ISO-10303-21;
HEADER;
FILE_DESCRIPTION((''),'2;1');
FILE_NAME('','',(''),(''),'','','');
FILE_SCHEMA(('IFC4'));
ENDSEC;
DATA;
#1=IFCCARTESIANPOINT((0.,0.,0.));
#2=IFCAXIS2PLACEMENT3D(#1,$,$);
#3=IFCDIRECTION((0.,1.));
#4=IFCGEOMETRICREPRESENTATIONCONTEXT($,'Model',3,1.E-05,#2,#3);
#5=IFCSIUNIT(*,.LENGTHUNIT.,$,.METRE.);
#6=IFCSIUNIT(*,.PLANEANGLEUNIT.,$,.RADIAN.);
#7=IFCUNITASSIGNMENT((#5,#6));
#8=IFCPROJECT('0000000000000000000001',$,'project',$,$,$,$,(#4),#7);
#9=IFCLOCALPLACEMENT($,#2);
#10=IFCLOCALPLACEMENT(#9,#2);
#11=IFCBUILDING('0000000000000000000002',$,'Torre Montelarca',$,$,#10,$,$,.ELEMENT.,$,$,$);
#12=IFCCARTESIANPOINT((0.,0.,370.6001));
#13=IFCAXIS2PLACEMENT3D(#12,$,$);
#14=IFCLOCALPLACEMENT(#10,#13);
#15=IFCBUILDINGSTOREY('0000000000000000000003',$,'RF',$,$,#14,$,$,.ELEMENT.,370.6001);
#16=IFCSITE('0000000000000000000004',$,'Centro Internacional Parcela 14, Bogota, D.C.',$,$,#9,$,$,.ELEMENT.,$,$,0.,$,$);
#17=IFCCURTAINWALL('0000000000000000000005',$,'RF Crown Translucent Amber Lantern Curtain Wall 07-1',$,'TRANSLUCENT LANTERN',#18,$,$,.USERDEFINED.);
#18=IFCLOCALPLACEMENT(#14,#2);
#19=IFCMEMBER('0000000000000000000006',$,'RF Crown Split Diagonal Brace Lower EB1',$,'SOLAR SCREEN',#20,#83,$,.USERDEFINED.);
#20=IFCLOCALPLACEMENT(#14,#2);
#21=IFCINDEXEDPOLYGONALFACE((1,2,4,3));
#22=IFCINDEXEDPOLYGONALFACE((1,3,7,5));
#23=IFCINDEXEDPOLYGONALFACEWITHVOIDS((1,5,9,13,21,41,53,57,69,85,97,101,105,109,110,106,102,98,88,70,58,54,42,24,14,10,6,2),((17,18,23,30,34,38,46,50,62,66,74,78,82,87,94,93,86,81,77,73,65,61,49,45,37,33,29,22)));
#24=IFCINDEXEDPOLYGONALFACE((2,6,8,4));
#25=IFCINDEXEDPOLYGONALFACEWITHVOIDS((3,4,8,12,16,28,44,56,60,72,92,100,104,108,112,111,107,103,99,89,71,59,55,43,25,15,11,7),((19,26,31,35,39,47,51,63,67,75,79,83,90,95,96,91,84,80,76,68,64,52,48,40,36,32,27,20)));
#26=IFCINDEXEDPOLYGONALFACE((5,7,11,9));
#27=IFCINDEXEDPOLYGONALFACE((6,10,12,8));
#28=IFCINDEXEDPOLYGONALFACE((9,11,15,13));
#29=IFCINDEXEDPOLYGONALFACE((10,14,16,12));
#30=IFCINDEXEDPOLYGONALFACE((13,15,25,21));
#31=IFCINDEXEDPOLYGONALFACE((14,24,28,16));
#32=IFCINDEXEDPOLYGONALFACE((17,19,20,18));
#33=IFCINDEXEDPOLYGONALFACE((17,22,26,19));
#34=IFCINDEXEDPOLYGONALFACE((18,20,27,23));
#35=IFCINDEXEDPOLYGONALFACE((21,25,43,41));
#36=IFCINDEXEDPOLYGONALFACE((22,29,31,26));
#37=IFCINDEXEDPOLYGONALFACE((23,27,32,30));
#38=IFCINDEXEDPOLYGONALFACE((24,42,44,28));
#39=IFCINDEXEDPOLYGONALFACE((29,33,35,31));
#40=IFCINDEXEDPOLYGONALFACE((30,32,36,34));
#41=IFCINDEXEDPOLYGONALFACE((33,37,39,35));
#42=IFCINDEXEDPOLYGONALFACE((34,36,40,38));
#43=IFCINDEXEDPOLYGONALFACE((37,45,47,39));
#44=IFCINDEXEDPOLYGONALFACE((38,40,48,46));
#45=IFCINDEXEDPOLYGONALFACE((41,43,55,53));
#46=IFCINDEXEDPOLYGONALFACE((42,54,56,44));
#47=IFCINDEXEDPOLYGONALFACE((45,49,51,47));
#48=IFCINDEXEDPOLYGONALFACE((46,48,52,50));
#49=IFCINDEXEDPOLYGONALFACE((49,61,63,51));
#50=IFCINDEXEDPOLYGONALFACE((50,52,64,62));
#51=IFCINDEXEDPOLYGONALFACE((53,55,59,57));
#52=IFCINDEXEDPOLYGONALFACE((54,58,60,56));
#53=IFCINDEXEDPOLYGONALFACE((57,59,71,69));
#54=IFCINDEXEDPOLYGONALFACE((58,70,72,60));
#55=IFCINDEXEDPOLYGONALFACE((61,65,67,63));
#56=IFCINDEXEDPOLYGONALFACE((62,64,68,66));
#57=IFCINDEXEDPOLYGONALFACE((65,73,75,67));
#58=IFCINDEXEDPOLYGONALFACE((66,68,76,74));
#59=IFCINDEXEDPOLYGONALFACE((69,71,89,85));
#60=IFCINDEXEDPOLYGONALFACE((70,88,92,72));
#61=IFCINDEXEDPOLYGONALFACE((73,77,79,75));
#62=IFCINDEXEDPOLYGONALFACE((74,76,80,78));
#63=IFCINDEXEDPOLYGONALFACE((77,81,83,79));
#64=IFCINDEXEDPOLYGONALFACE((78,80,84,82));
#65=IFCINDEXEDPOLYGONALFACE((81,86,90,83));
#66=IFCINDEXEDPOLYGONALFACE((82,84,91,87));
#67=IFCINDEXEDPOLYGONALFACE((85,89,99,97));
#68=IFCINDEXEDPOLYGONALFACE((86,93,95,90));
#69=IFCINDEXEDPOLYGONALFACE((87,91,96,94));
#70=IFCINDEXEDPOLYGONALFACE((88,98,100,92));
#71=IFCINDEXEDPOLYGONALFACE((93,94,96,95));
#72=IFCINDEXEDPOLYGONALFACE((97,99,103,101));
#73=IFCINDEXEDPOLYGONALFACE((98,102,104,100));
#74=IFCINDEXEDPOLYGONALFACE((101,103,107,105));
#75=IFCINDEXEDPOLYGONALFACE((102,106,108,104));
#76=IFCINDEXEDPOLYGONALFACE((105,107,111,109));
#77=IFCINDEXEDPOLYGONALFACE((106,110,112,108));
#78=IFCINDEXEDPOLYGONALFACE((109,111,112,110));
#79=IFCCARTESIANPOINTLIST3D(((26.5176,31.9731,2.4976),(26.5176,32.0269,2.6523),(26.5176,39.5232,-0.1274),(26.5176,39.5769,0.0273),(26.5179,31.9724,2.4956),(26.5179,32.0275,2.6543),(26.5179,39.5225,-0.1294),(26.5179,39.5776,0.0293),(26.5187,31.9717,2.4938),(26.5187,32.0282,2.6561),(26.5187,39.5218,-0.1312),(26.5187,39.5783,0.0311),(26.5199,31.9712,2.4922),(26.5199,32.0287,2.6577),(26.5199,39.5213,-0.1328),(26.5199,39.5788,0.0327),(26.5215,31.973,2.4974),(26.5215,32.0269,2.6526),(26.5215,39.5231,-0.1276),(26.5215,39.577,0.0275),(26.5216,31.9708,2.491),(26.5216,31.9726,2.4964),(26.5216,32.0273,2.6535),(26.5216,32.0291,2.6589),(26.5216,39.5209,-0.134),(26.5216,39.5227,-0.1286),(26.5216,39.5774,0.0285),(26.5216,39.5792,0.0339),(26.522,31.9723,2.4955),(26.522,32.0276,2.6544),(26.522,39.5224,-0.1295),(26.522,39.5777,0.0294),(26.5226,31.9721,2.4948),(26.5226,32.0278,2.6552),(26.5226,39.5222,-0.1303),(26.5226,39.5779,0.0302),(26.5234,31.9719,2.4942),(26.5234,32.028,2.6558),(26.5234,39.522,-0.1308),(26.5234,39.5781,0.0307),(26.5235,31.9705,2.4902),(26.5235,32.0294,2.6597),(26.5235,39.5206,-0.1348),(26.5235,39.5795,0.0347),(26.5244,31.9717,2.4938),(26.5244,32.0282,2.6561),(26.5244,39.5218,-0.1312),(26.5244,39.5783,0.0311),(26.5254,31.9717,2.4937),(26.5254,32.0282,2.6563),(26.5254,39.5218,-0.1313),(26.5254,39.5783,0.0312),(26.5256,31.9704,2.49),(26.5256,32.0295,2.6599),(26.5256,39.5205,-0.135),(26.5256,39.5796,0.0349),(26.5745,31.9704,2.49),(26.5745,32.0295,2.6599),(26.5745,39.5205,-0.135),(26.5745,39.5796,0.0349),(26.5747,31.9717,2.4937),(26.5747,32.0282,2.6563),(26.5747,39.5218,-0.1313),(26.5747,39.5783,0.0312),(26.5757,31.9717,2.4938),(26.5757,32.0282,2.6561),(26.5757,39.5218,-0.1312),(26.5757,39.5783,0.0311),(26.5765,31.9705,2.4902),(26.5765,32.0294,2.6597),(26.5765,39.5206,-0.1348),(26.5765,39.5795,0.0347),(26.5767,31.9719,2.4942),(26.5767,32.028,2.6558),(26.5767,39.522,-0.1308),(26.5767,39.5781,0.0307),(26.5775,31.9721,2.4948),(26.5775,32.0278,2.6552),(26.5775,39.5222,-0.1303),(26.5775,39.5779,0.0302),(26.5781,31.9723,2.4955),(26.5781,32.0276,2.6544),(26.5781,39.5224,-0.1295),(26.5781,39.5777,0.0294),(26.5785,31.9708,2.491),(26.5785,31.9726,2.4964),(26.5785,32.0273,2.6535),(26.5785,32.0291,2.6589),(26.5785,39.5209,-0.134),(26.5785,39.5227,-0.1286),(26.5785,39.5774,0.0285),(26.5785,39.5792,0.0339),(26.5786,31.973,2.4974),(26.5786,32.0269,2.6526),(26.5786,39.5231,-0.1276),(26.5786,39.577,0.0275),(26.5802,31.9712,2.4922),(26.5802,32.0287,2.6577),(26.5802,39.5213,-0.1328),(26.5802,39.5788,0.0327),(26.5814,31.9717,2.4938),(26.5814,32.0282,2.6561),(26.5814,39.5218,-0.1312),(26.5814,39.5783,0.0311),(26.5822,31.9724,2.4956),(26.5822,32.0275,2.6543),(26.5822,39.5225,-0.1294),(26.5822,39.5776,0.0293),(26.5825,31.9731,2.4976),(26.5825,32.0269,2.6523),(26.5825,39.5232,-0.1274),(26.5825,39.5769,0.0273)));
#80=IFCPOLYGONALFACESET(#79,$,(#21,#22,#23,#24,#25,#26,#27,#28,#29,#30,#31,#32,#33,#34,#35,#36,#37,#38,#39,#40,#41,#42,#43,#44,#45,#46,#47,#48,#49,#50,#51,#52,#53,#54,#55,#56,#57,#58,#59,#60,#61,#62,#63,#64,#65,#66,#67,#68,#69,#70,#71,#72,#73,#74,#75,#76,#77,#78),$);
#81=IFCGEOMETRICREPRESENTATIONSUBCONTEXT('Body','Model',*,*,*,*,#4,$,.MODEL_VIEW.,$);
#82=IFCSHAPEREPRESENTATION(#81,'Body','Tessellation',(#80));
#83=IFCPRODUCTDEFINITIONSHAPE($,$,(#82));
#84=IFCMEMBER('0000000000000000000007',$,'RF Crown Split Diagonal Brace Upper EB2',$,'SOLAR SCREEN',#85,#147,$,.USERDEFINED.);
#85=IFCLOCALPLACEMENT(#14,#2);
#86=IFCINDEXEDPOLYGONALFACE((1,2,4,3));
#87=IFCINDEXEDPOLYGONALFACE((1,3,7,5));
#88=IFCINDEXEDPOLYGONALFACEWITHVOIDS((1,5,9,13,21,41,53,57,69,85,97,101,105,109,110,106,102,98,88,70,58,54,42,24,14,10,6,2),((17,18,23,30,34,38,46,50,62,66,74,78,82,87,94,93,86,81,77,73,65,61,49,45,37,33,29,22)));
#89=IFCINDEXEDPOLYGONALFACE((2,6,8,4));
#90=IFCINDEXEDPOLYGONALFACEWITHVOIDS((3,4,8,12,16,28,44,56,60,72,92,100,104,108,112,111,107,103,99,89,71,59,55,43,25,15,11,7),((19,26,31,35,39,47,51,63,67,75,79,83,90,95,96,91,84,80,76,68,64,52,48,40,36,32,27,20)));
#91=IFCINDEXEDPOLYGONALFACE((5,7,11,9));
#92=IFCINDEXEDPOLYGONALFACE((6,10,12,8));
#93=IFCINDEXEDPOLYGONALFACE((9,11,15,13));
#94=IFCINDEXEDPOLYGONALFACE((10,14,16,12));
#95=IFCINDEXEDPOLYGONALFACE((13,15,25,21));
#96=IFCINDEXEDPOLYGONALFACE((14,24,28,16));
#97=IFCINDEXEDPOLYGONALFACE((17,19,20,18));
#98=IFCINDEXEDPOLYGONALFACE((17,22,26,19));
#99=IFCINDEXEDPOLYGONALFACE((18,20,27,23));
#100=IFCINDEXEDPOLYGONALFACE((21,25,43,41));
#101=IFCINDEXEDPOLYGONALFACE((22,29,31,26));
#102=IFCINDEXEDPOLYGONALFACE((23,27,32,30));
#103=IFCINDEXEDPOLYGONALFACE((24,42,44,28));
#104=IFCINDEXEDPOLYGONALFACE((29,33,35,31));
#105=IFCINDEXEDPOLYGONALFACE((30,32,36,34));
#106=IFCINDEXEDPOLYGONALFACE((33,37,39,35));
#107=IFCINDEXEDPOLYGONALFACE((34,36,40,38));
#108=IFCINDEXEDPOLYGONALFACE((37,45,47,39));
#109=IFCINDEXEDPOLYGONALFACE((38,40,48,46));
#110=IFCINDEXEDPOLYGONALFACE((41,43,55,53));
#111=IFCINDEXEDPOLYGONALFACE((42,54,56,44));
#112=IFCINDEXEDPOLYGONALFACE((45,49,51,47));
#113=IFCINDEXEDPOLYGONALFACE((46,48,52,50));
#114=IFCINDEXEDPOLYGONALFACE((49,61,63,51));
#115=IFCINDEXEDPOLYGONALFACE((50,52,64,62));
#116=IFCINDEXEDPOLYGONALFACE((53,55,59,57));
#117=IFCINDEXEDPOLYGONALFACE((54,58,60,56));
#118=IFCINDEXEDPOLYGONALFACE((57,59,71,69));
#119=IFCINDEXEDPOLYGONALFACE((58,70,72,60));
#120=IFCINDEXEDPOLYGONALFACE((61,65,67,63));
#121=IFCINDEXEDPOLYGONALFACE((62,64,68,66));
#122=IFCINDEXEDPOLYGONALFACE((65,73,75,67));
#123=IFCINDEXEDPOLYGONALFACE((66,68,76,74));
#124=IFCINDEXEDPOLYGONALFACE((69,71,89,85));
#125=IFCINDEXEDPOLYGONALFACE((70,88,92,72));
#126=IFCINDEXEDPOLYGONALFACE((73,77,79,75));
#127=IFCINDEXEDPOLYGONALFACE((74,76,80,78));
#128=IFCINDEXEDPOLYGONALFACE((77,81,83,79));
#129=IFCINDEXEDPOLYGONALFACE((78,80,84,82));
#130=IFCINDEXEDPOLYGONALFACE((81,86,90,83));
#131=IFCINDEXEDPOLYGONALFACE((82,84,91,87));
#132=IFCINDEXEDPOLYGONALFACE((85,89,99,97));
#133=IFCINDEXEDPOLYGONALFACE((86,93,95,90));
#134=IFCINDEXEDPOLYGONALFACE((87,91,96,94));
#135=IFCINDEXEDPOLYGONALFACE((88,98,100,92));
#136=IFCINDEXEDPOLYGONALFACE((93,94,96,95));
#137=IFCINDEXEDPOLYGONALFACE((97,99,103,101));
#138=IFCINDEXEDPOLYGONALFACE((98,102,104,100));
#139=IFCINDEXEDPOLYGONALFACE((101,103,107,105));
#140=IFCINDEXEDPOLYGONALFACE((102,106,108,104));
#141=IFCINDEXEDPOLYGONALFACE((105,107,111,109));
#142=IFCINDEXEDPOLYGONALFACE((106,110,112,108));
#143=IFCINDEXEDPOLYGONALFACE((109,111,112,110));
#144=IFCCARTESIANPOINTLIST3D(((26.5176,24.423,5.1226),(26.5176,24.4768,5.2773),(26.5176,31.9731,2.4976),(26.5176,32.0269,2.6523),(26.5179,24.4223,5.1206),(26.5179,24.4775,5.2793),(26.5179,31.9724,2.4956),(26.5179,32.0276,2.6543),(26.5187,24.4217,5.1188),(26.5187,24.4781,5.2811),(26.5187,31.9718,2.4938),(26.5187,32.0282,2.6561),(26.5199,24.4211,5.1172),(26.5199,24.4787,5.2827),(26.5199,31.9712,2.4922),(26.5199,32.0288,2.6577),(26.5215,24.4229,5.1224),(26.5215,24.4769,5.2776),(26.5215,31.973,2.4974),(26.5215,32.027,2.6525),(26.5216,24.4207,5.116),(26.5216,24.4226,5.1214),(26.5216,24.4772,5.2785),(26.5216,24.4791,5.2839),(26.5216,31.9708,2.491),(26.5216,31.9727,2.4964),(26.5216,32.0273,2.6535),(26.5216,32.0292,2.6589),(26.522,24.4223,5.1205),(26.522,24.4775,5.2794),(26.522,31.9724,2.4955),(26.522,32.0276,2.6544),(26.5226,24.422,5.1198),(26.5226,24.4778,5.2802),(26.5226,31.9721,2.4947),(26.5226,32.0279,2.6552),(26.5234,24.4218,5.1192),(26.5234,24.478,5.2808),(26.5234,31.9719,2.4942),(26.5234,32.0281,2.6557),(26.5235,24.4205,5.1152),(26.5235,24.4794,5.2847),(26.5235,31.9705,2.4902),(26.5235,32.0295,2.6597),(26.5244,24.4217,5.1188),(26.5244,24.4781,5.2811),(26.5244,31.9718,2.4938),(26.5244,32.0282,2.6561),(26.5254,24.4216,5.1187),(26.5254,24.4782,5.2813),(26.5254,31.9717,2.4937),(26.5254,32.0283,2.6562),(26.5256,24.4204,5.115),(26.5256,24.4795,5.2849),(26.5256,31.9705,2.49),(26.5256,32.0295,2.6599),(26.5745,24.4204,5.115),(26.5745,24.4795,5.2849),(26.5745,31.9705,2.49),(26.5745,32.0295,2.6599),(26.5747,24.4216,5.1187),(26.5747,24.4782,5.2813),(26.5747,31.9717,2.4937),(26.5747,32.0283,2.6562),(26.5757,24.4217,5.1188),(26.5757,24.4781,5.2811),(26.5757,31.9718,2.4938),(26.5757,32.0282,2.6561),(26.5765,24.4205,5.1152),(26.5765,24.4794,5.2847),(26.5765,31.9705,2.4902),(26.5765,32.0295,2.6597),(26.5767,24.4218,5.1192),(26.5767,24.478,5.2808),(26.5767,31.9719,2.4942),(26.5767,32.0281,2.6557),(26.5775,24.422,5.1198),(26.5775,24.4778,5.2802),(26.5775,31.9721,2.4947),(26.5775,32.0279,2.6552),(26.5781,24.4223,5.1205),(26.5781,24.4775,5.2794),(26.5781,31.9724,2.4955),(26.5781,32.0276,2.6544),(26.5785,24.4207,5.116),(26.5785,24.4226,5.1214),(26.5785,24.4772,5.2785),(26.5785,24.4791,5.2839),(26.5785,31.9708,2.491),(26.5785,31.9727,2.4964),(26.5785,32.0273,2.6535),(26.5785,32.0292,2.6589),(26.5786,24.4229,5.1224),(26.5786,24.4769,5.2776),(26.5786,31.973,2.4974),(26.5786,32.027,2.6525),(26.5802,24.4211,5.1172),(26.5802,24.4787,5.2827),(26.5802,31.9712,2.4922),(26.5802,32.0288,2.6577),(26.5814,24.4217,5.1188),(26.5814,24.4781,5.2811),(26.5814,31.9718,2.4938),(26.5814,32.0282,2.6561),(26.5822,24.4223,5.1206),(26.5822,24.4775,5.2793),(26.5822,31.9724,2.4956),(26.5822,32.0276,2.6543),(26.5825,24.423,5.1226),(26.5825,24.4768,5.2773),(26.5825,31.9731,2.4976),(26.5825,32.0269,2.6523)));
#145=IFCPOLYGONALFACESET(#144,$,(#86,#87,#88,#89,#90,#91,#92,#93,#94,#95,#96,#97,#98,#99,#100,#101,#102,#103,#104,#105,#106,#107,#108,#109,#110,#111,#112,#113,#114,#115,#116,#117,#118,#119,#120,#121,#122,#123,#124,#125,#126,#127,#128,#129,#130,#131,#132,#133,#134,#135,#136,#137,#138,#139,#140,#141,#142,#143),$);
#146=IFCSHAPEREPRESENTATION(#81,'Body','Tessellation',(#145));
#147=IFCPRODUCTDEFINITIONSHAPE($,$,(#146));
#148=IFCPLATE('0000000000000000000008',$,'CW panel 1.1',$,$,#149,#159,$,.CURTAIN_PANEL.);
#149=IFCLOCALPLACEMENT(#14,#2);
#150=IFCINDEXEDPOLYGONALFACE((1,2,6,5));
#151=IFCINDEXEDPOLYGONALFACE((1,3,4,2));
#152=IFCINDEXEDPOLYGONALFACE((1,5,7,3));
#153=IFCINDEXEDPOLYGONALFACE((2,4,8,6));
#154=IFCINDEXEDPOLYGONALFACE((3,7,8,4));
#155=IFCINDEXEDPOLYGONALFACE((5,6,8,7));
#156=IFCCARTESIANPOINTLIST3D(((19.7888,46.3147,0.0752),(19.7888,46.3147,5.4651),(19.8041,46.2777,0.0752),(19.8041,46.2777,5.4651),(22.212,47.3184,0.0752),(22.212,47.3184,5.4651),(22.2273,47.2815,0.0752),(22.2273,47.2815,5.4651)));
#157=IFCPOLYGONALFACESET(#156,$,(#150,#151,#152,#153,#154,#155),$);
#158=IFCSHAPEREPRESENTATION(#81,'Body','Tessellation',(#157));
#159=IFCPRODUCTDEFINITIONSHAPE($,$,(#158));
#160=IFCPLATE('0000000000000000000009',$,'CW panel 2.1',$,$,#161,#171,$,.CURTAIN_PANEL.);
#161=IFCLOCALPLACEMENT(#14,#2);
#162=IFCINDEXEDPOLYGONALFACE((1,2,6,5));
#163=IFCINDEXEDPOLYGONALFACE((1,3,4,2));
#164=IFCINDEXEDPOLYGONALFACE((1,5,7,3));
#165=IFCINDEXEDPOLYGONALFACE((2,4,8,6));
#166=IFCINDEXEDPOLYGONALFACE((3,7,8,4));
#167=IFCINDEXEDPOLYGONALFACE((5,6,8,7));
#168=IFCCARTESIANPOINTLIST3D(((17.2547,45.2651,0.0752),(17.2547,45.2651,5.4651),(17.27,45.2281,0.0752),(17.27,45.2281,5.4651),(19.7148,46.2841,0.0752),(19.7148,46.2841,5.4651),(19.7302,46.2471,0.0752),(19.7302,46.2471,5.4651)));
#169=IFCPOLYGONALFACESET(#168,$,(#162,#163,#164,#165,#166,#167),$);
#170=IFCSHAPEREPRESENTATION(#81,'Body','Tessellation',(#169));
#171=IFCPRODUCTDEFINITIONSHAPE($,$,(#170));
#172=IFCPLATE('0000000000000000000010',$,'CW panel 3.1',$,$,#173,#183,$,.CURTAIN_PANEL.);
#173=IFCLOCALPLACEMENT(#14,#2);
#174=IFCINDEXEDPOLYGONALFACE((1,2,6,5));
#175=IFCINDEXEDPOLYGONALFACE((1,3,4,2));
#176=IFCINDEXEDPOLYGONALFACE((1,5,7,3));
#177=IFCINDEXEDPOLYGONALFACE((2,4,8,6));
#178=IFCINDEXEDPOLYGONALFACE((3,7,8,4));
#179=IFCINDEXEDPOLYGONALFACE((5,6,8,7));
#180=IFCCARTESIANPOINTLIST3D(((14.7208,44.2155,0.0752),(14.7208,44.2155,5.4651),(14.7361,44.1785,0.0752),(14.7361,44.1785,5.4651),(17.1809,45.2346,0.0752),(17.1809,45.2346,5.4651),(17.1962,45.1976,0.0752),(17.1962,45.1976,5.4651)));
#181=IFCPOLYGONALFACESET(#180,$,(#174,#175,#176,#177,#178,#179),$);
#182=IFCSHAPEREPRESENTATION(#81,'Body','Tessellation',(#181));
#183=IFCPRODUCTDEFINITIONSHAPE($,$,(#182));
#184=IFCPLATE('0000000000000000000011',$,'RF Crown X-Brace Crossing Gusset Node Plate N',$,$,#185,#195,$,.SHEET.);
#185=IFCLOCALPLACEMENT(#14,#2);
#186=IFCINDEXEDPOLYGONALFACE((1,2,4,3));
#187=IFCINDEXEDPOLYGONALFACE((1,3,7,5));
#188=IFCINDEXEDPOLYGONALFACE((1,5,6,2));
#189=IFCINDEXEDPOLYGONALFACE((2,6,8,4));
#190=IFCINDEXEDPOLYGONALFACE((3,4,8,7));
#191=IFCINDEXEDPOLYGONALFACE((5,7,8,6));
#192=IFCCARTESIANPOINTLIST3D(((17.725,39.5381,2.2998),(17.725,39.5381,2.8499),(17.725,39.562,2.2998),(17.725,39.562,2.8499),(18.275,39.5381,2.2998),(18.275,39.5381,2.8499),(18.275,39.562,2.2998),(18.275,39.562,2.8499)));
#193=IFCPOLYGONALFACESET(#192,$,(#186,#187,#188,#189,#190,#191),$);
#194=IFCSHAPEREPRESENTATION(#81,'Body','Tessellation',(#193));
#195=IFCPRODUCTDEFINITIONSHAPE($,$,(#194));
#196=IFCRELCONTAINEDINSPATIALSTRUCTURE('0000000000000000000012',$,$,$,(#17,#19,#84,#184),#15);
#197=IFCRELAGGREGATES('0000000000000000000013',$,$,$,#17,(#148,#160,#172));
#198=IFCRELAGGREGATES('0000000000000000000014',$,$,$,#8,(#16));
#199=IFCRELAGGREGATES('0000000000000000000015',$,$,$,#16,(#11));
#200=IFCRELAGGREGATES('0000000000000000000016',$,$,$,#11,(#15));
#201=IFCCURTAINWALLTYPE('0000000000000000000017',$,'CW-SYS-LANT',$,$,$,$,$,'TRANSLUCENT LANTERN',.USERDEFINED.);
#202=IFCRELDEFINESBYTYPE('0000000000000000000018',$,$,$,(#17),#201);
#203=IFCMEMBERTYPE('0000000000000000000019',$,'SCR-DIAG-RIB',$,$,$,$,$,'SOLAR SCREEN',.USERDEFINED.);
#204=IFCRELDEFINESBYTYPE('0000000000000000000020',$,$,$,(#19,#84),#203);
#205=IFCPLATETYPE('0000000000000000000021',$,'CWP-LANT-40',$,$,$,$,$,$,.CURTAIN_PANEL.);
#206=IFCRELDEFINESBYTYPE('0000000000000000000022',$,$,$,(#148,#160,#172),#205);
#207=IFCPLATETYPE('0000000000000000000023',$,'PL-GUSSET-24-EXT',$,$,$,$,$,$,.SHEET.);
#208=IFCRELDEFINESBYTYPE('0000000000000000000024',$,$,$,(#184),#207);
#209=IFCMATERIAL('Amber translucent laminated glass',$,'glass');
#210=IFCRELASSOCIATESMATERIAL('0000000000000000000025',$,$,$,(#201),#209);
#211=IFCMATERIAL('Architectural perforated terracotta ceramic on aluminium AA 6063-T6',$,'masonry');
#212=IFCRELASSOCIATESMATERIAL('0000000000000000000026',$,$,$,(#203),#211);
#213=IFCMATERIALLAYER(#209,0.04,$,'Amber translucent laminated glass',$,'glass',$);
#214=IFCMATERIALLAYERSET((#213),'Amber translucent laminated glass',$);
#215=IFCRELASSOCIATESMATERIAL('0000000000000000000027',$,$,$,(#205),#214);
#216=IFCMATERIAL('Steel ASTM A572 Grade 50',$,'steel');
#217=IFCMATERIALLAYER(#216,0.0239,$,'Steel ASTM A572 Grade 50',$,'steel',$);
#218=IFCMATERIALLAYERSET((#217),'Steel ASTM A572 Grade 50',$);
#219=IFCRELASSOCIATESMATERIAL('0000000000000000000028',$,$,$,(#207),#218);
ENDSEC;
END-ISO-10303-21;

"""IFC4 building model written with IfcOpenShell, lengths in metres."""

from ifc_helpers import new_model, si_unit, direction, frame, origin, origin_2d, place, context, subcontext, project, spatial, rectangle, hollow_rectangle, extrude, source, transform, mapped, material, layer, layer_set, material_profile, profile_set, type_object, element, aggregate, save


model = new_model("IFC4")

# Units and contexts
model_context = context("Model", 3, precision=1e-05, world=origin(), true_north=direction((0.0, 1.0)))
body_context = subcontext(model_context, "Body", "Model", "MODEL_VIEW")
ifc_project = project(units=[si_unit("LENGTHUNIT", "METRE"), si_unit("PLANEANGLEUNIT", "RADIAN")], contexts=[model_context])

# Site, building, storey
site_placement = place(None, origin())
site = spatial("IfcSite", under=ifc_project, at=site_placement, Name="Centro Internacional Parcela 14, Bogota, D.C.", CompositionType="ELEMENT", RefElevation=0.0)
building_placement = place(site_placement, origin())
building = spatial("IfcBuilding", under=site, at=building_placement, Name="Torre Montelarca", CompositionType="ELEMENT")
storey_placement = place(building_placement, frame((0.0, 0.0, 370.6001)))
storey = spatial("IfcBuildingStorey", under=building, at=storey_placement, Name="RF", CompositionType="ELEMENT", Elevation=370.6001)

# Curtain wall
ifc_material_1 = material(Name="Amber translucent laminated glass", Category="glass")
curtain_wall_type = type_object("IfcCurtainWallType", Name="CW-SYS-LANT", ElementType="TRANSLUCENT LANTERN", PredefinedType="USERDEFINED", material=ifc_material_1)
curtain_wall_placement = place(storey_placement, origin())
curtain_wall = element("IfcCurtainWall", 1, at=curtain_wall_placement, inside=storey, type_object=curtain_wall_type, Name="RF Crown Translucent Amber Lantern Curtain Wall 07-1", ObjectType="TRANSLUCENT LANTERN", PredefinedType="USERDEFINED")

# Members
ifc_material_2 = material(Name="Architectural perforated terracotta ceramic on aluminium AA 6063-T6", Category="masonry")
ifc_material_profile_1 = material_profile(ifc_material_2, hollow_rectangle(XDim=0.0649, YDim=0.1799, WallThickness=0.0039, InnerFilletRadius=0.0039, OuterFilletRadius=0.0081, at=origin_2d()), Name="ALU65X180X4", Category="masonry")
ifc_profile_set_1 = profile_set([ifc_material_profile_1], Name="Architectural perforated terracotta ceramic on aluminium AA 6063-T6")
member_type_1 = type_object("IfcMemberType", Name="SCR-DIAG-RIB", ElementType="SOLAR SCREEN", PredefinedType="USERDEFINED", material=ifc_profile_set_1)
shared_shape_1 = source(origin(), body_context, "Body", "SweptSolid", [
    extrude(hollow_rectangle(XDim=0.0649, YDim=0.1799, WallThickness=0.0039, InnerFilletRadius=0.0039, OuterFilletRadius=0.0081, at=origin_2d()), origin(), (0.0, 0.0, 1.0), 7.9934),
])
for number, where, z_axis, x_axis, name in (
    (2, (26.55, 39.55, -0.05), (0.0, -0.94454, 0.328397), (1.0, 0.0, 0.0), "RF Crown Split Diagonal Brace Lower EB1"),
    (3, (26.55, 32.0, 2.575), (0.0, -0.94454, 0.328397), (1.0, 0.0, 0.0), "RF Crown Split Diagonal Brace Upper EB2"),
):
    element("IfcMember", number, at=place(storey_placement, frame(where, z_axis=z_axis, x_axis=x_axis)), inside=storey, type_object=member_type_1, Name=name, ObjectType="SOLAR SCREEN", PredefinedType="USERDEFINED", context=body_context, shape_type="MappedRepresentation", body=[
        mapped(shared_shape_1, transform((0.0, 0.0, 0.0), scale=1.0)),
    ])

# Plates
ifc_layer_1 = layer(ifc_material_1, 0.04, Name="Amber translucent laminated glass", Category="glass")
ifc_layer_set_1 = layer_set([ifc_layer_1], Name="Amber translucent laminated glass")
plate_type_1 = type_object("IfcPlateType", Name="CWP-LANT-40", PredefinedType="CURTAIN_PANEL", material=ifc_layer_set_1)
shared_shape_2 = source(origin(), body_context, "Body", "SweptSolid", [
    extrude(rectangle(XDim=2.6228, YDim=0.04, at=origin_2d()), origin(), (0.0, 0.0, 1.0), 5.3899),
])
plate_1_placement = place(storey_placement, frame((21.0081, 46.7981, 0.0752), z_axis=(0.0, 0.0, 1.0), x_axis=(-0.923877, -0.382689, 0.0)))
plate_1 = element("IfcPlate", 4, at=plate_1_placement, type_object=plate_type_1, Name="CW panel 1.1", PredefinedType="CURTAIN_PANEL", context=body_context, shape_type="MappedRepresentation", body=[
    mapped(shared_shape_2, transform((0.0, 0.0, 0.0), scale=1.0)),
])
shared_shape_3 = source(origin(), body_context, "Body", "SweptSolid", [
    extrude(rectangle(XDim=2.6628, YDim=0.04, at=origin_2d()), origin(), (0.0, 0.0, 1.0), 5.3899),
])
plate_2_placement = place(storey_placement, frame((18.4924, 45.7561, 0.0752), z_axis=(0.0, 0.0, 1.0), x_axis=(-0.923877, -0.382689, 0.0)))
plate_2 = element("IfcPlate", 5, at=plate_2_placement, type_object=plate_type_1, Name="CW panel 2.1", PredefinedType="CURTAIN_PANEL", context=body_context, shape_type="MappedRepresentation", body=[
    mapped(shared_shape_3, transform((0.0, 0.0, 0.0), scale=1.0)),
])
plate_3_placement = place(storey_placement, frame((15.9585, 44.7065, 0.0752), z_axis=(0.0, 0.0, 1.0), x_axis=(-0.923877, -0.382689, 0.0)))
plate_3 = element("IfcPlate", 6, at=plate_3_placement, type_object=plate_type_1, Name="CW panel 3.1", PredefinedType="CURTAIN_PANEL", context=body_context, shape_type="MappedRepresentation", body=[
    mapped(shared_shape_3, transform((0.0, 0.0, 0.0), scale=1.0)),
])
aggregate(curtain_wall, [plate_1, plate_2, plate_3])

# Plate
ifc_material_3 = material(Name="Steel ASTM A572 Grade 50", Category="steel")
ifc_layer_2 = layer(ifc_material_3, 0.0239, Name="Steel ASTM A572 Grade 50", Category="steel")
ifc_layer_set_2 = layer_set([ifc_layer_2], Name="Steel ASTM A572 Grade 50")
plate_type_2 = type_object("IfcPlateType", Name="PL-GUSSET-24-EXT", PredefinedType="SHEET", material=ifc_layer_set_2)
shared_shape_4 = source(origin(), body_context, "Body", "SweptSolid", [
    extrude(rectangle(XDim=0.55, YDim=0.0239, at=origin_2d()), origin(), (0.0, 0.0, 1.0), 0.55),
])
for number, where, z_axis, x_axis, name in (
    (7, (18.0, 39.55, 2.2998), (0.0, 0.0, 1.0), (1.0, 0.0, 0.0), "RF Crown X-Brace Crossing Gusset Node Plate N"),
):
    element("IfcPlate", number, at=place(storey_placement, frame(where, z_axis=z_axis, x_axis=x_axis)), inside=storey, type_object=plate_type_2, Name=name, PredefinedType="SHEET", context=body_context, shape_type="MappedRepresentation", body=[
        mapped(shared_shape_4, transform((0.0, 0.0, 0.0), scale=1.0)),
    ])

save(model, "model.ifc")
